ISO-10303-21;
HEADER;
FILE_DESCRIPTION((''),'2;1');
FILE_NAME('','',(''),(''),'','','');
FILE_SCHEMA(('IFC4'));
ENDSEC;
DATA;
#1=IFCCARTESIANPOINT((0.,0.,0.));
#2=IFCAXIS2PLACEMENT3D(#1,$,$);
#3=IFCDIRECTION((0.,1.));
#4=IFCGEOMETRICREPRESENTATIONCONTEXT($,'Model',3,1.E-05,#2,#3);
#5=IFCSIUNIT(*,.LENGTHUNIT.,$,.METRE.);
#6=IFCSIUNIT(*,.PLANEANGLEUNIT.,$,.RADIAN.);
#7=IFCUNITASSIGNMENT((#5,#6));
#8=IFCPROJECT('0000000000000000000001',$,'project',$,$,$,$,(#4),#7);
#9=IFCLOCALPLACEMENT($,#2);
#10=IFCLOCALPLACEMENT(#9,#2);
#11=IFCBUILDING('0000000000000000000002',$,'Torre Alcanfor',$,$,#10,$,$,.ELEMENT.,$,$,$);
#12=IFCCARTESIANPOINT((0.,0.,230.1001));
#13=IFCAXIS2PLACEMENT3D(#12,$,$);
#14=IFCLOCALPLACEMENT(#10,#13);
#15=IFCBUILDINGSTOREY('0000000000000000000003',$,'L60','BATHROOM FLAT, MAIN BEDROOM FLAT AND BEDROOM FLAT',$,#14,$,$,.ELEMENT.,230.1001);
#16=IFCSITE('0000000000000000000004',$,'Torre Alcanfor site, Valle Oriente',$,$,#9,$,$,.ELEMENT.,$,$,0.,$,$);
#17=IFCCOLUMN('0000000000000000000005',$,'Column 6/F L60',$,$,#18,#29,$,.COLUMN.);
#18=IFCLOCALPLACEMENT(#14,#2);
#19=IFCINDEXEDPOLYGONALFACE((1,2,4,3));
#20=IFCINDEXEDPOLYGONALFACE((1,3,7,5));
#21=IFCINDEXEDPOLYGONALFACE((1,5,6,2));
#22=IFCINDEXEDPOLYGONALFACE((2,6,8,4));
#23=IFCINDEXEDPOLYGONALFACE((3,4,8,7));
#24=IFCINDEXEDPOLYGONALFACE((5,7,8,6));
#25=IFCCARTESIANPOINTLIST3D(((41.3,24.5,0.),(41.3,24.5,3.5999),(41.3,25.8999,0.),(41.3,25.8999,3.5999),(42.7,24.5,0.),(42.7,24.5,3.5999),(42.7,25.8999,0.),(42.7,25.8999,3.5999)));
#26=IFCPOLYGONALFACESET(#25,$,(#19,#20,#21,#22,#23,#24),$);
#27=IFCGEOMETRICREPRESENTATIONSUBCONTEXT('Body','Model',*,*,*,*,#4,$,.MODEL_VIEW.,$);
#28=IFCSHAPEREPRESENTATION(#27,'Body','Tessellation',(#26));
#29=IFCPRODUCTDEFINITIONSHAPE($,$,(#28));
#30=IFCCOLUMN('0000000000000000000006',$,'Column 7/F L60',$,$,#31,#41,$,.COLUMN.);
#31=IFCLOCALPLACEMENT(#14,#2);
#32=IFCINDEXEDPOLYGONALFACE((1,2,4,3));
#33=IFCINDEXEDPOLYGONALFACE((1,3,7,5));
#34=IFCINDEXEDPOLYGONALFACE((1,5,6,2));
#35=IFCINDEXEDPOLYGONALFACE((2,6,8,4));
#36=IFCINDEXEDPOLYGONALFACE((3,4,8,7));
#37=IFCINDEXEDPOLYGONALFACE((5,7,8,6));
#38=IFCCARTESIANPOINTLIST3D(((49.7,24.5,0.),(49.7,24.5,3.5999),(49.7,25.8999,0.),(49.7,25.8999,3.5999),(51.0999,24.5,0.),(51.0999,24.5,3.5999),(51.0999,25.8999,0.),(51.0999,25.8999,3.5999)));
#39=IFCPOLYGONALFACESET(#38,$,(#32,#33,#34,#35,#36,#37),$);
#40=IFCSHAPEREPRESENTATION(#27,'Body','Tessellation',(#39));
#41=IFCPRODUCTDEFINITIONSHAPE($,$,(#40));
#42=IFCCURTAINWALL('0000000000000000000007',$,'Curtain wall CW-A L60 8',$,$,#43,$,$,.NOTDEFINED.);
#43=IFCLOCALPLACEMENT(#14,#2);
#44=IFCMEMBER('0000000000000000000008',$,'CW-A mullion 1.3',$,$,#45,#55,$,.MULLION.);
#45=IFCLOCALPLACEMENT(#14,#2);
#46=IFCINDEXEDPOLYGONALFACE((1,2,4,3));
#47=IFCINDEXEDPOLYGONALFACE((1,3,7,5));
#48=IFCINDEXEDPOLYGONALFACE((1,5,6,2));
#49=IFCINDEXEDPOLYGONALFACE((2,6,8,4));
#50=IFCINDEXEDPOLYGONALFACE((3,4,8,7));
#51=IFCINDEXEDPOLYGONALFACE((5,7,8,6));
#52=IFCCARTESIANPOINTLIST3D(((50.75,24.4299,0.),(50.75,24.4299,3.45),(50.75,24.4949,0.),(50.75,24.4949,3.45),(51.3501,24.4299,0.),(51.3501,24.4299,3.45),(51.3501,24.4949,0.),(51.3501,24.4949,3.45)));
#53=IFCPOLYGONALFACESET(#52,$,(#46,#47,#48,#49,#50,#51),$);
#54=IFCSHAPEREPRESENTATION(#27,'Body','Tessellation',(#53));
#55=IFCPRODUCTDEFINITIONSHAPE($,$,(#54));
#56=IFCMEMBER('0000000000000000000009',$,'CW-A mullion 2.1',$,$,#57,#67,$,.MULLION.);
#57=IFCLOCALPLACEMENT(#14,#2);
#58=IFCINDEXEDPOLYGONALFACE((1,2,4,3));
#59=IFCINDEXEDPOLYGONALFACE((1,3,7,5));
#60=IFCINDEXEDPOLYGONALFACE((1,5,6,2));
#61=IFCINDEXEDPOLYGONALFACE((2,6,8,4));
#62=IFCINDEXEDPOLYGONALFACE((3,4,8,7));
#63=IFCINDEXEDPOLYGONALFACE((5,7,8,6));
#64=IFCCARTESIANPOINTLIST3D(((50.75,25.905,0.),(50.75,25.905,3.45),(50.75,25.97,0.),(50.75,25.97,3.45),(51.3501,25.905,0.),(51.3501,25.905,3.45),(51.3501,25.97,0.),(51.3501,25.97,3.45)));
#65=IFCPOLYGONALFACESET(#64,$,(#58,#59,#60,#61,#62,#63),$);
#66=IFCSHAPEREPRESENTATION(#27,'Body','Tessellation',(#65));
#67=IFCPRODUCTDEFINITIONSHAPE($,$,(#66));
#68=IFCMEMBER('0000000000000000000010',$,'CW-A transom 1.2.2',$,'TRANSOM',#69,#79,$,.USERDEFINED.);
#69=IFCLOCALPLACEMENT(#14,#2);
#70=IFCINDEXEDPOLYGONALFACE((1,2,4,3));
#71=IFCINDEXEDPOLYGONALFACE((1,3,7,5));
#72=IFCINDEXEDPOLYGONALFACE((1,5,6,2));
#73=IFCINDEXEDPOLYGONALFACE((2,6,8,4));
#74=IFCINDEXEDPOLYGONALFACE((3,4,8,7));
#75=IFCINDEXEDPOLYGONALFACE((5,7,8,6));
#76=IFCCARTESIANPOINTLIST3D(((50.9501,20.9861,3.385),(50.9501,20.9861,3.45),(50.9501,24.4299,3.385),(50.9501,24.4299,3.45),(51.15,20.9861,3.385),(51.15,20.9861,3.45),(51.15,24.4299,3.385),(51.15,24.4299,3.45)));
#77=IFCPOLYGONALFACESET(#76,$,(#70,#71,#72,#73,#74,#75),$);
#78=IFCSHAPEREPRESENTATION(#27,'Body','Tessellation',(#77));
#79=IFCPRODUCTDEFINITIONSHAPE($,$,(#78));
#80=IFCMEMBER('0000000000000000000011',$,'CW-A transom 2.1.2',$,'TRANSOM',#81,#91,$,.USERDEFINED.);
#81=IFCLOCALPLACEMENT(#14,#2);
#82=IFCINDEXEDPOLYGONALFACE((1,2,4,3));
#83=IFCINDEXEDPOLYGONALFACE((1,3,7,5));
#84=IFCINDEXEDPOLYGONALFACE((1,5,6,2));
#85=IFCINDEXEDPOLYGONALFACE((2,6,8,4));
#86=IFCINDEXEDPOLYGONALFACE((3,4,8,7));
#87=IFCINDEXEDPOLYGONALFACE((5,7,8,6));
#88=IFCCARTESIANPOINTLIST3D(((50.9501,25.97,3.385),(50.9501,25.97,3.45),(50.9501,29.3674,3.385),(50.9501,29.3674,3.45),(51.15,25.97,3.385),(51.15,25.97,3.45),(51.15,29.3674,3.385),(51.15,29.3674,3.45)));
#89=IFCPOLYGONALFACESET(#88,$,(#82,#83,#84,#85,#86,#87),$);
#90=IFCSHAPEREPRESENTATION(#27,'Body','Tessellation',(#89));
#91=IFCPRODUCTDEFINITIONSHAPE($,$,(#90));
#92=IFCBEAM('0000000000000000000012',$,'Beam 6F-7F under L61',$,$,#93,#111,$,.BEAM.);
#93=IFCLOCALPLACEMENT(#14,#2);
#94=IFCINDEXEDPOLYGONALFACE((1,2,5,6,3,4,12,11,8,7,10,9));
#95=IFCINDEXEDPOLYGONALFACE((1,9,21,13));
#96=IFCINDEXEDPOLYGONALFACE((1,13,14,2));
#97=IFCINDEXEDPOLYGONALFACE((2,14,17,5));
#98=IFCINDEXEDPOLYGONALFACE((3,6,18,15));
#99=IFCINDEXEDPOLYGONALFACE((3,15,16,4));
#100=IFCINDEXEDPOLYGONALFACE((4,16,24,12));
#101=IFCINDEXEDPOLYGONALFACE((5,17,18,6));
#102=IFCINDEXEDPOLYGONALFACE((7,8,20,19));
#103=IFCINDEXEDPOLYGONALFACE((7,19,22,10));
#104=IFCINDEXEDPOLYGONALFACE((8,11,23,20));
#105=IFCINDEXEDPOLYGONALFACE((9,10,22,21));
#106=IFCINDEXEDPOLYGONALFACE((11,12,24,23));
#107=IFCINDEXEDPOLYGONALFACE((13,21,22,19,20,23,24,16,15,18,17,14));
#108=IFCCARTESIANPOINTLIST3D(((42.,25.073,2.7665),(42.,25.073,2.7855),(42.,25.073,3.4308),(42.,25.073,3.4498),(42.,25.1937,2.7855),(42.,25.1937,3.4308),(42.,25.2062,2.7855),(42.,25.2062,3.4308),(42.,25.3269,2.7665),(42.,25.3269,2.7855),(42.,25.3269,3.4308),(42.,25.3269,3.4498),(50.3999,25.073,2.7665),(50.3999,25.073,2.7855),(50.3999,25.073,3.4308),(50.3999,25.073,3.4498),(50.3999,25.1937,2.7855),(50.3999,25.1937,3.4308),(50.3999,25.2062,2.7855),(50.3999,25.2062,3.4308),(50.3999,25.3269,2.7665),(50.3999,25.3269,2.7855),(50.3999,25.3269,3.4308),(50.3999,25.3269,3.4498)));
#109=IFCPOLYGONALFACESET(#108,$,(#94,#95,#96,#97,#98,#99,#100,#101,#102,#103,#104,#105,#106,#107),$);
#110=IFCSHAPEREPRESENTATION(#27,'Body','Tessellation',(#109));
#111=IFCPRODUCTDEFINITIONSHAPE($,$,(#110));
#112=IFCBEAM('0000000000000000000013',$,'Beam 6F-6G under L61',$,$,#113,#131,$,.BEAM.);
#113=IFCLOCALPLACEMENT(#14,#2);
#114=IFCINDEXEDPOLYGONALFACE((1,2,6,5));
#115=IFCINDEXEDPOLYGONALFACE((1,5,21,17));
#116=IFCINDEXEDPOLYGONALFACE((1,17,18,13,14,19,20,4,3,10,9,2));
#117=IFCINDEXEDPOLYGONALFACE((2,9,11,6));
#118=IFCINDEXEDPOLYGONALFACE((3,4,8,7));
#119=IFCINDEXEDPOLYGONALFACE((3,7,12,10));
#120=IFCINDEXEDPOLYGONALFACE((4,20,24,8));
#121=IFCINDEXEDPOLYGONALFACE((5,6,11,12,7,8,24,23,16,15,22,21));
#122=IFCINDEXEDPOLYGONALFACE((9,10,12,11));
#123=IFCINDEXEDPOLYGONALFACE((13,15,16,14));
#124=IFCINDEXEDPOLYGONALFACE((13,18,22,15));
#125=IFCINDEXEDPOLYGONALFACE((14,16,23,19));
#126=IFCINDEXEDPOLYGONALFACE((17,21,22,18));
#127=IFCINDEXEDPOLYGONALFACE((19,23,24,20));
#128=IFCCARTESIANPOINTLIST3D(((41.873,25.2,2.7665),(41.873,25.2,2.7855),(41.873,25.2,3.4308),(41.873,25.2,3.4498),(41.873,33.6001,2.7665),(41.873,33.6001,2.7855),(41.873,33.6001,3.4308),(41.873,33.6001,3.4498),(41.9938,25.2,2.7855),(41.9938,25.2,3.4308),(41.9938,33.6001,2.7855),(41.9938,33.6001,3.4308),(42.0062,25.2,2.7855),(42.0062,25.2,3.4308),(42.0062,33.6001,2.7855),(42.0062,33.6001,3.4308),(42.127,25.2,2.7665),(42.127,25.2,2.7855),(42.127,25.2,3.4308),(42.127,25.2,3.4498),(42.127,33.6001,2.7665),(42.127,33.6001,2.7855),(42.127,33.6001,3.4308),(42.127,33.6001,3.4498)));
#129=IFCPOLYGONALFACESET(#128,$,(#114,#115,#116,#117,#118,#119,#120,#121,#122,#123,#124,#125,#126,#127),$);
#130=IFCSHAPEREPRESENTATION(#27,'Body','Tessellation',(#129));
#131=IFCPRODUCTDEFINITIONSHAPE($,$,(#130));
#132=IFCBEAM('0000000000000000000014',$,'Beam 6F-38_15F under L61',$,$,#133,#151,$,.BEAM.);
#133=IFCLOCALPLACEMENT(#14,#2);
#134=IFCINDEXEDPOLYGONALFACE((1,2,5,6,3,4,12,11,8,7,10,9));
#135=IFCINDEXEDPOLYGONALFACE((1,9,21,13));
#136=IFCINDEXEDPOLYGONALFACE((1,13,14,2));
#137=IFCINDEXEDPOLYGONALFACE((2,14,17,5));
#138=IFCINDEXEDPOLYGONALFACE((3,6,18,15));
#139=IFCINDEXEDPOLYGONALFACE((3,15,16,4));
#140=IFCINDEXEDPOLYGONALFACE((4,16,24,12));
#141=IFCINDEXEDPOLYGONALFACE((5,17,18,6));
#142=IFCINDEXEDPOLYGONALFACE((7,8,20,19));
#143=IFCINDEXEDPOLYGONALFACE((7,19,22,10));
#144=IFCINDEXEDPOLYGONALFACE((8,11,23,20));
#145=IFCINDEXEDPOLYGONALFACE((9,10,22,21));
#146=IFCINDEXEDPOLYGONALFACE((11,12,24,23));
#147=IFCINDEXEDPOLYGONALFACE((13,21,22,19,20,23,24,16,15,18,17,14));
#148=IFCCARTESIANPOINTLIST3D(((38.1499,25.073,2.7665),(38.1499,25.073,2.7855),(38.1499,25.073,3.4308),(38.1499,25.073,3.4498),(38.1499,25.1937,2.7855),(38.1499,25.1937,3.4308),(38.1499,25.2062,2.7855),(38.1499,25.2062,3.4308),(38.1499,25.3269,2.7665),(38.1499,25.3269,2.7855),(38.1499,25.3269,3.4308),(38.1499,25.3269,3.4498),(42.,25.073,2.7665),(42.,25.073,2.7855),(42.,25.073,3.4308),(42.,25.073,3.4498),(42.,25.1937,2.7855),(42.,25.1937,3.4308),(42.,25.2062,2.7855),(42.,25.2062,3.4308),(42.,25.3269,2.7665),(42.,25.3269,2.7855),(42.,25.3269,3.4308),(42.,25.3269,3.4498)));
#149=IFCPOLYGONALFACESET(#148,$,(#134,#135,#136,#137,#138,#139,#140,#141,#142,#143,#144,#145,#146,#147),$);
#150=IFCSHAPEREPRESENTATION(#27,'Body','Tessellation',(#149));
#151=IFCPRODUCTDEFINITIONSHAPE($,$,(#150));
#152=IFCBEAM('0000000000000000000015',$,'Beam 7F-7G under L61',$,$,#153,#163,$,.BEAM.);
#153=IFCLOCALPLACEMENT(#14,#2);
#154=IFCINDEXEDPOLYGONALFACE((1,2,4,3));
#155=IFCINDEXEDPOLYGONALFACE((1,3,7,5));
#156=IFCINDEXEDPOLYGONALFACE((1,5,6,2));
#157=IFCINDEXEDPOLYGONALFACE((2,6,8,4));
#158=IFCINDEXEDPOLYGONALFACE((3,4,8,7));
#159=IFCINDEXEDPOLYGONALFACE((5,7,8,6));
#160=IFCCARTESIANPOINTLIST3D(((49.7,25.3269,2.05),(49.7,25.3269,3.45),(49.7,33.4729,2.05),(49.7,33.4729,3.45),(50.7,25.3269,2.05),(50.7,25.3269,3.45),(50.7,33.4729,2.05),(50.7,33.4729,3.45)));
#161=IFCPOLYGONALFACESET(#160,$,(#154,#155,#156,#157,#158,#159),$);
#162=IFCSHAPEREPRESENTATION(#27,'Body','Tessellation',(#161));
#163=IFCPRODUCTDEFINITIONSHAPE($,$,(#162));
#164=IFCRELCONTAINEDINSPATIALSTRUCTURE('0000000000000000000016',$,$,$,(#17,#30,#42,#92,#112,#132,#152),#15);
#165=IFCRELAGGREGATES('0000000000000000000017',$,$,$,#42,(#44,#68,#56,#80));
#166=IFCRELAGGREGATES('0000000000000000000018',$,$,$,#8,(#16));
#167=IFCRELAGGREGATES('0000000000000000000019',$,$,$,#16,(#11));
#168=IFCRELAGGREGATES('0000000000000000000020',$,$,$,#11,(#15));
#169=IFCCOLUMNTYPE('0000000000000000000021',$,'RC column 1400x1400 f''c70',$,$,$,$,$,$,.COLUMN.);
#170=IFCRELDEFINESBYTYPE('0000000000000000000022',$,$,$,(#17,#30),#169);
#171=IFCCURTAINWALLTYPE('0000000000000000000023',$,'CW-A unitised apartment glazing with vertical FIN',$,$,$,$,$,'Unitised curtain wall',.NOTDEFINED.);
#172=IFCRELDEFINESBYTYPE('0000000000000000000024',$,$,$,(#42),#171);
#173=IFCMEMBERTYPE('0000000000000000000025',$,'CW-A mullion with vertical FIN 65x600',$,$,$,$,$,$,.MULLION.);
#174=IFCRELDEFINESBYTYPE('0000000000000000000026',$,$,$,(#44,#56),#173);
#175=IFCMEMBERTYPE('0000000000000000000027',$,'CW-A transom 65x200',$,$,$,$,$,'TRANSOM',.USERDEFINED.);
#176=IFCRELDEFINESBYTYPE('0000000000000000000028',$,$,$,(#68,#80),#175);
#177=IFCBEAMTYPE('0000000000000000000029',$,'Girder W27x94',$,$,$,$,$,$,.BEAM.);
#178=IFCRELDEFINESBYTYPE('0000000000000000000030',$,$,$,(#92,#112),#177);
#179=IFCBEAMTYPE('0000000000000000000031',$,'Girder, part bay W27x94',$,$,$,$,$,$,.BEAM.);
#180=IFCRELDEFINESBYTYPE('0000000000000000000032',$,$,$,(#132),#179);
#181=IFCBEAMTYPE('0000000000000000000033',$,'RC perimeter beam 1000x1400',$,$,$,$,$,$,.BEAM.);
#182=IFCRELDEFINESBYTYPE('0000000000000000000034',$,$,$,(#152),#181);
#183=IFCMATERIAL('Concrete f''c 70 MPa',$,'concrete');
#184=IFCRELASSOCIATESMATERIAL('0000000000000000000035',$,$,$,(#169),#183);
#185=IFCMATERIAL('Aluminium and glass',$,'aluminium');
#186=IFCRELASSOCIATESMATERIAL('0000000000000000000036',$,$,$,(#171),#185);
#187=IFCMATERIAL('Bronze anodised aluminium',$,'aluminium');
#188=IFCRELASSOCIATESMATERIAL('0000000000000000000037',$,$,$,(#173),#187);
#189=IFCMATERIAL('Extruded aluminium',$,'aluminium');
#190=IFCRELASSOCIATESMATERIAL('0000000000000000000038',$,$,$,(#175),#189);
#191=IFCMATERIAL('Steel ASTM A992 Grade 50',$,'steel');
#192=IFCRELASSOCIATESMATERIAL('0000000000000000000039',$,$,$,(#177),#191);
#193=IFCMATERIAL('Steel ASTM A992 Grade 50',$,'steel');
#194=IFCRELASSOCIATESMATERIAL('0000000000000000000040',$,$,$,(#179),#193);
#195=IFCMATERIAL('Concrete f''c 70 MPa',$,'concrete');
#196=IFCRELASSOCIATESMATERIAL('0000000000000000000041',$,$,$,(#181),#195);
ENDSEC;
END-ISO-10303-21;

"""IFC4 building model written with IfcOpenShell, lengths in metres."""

from ifc_helpers import new_model, si_unit, direction, frame, origin, origin_2d, place, context, subcontext, project, spatial, rectangle, i_section, extrude, material, material_profile, profile_set, type_object, element, aggregate, save


model = new_model("IFC4")

# Units and contexts
model_context = context("Model", 3, precision=1e-05, world=origin(), true_north=direction((0.0, 1.0)))
body_context = subcontext(model_context, "Body", "Model", "MODEL_VIEW")
ifc_project = project(units=[si_unit("LENGTHUNIT", "METRE"), si_unit("PLANEANGLEUNIT", "RADIAN")], contexts=[model_context])

# Site, building, storey
site_placement = place(None, origin())
site = spatial("IfcSite", under=ifc_project, at=site_placement, Name="Torre Alcanfor site, Valle Oriente", CompositionType="ELEMENT", RefElevation=0.0)
building_placement = place(site_placement, origin())
building = spatial("IfcBuilding", under=site, at=building_placement, Name="Torre Alcanfor", CompositionType="ELEMENT")
storey_placement = place(building_placement, frame((0.0, 0.0, 230.1001)))
storey = spatial("IfcBuildingStorey", under=building, at=storey_placement, Name="L60", Description="BATHROOM FLAT, MAIN BEDROOM FLAT AND BEDROOM FLAT", CompositionType="ELEMENT", Elevation=230.1001)

# Columns
ifc_material_1 = material(Name="Concrete f'c 70 MPa", Category="concrete")
ifc_material_profile_1 = material_profile(ifc_material_1, rectangle(XDim=1.3999, YDim=1.3999, at=origin_2d()), Name="1400x1400")
ifc_profile_set_1 = profile_set([ifc_material_profile_1], Name="Concrete f'c 70 MPa")
column_type = type_object("IfcColumnType", Name="RC column 1400x1400 f'c70", PredefinedType="COLUMN", material=ifc_profile_set_1)
for number, where, z_axis, x_axis, name in (
    (1, (42.0, 25.2, 0.0), (0.0, 0.0, 1.0), (1.0, 0.0, 0.0), "Column 6/F L60"),
    (2, (50.3999, 25.2, 0.0), (0.0, 0.0, 1.0), (1.0, 0.0, 0.0), "Column 7/F L60"),
):
    element("IfcColumn", number, at=place(storey_placement, frame(where, z_axis=z_axis, x_axis=x_axis)), inside=storey, type_object=column_type, Name=name, PredefinedType="COLUMN", context=body_context, shape_type="SweptSolid", body=[
        extrude(rectangle(XDim=1.3999, YDim=1.3999, at=origin_2d()), origin(), (0.0, 0.0, 1.0), 3.5999),
    ])

# Curtain wall, members
ifc_material_2 = material(Name="Aluminium and glass", Category="aluminium")
curtain_wall_type = type_object("IfcCurtainWallType", Name="CW-A unitised apartment glazing with vertical FIN", ElementType="Unitised curtain wall", PredefinedType="NOTDEFINED", material=ifc_material_2)
curtain_wall_placement = place(storey_placement, origin())
curtain_wall = element("IfcCurtainWall", 3, at=curtain_wall_placement, inside=storey, type_object=curtain_wall_type, Name="Curtain wall CW-A L60 8", PredefinedType="NOTDEFINED")
ifc_material_3 = material(Name="Bronze anodised aluminium", Category="aluminium")
ifc_material_profile_2 = material_profile(ifc_material_3, rectangle(XDim=0.6001, YDim=0.0649, at=origin_2d()), Name="CW-A mullion 65x600")
ifc_profile_set_2 = profile_set([ifc_material_profile_2], Name="Bronze anodised aluminium")
member_type_1 = type_object("IfcMemberType", Name="CW-A mullion with vertical FIN 65x600", PredefinedType="MULLION", material=ifc_profile_set_2)
member_1_placement = place(storey_placement, frame((51.05, 24.4624, 0.0), z_axis=(0.0, 0.0, 1.0), x_axis=(-1.0, 0.0, 0.0)))
member_1 = element("IfcMember", 4, at=member_1_placement, type_object=member_type_1, Name="CW-A mullion 1.3", PredefinedType="MULLION", context=body_context, shape_type="SweptSolid", body=[
    extrude(rectangle(XDim=0.6001, YDim=0.0649, at=origin_2d()), origin(), (0.0, 0.0, 1.0), 3.45),
])
member_2_placement = place(storey_placement, frame((51.05, 25.9375, 0.0), z_axis=(0.0, 0.0, 1.0), x_axis=(-1.0, 0.0, 0.0)))
member_2 = element("IfcMember", 5, at=member_2_placement, type_object=member_type_1, Name="CW-A mullion 2.1", PredefinedType="MULLION", context=body_context, shape_type="SweptSolid", body=[
    extrude(rectangle(XDim=0.6001, YDim=0.0649, at=origin_2d()), origin(), (0.0, 0.0, 1.0), 3.45),
])
ifc_material_4 = material(Name="Extruded aluminium", Category="aluminium")
ifc_material_profile_3 = material_profile(ifc_material_4, rectangle(XDim=0.2, YDim=0.0649, at=origin_2d()), Name="CW-A transom 200x65")
ifc_profile_set_3 = profile_set([ifc_material_profile_3], Name="Extruded aluminium")
member_type_2 = type_object("IfcMemberType", Name="CW-A transom 65x200", ElementType="TRANSOM", PredefinedType="USERDEFINED", material=ifc_profile_set_3)
member_3_placement = place(storey_placement, frame((51.05, 20.9861, 3.4175), z_axis=(0.0, 1.0, 0.0), x_axis=(-1.0, 0.0, 0.0)))
member_3 = element("IfcMember", 6, at=member_3_placement, type_object=member_type_2, Name="CW-A transom 1.2.2", ObjectType="TRANSOM", PredefinedType="USERDEFINED", context=body_context, shape_type="SweptSolid", body=[
    extrude(rectangle(XDim=0.2, YDim=0.0649, at=origin_2d()), origin(), (0.0, 0.0, 1.0), 3.4438),
])
member_4_placement = place(storey_placement, frame((51.05, 25.97, 3.4175), z_axis=(0.0, 1.0, 0.0), x_axis=(-1.0, 0.0, 0.0)))
member_4 = element("IfcMember", 7, at=member_4_placement, type_object=member_type_2, Name="CW-A transom 2.1.2", ObjectType="TRANSOM", PredefinedType="USERDEFINED", context=body_context, shape_type="SweptSolid", body=[
    extrude(rectangle(XDim=0.2, YDim=0.0649, at=origin_2d()), origin(), (0.0, 0.0, 1.0), 3.3975),
])

# Beams
ifc_material_5 = material(Name="Steel ASTM A992 Grade 50", Category="steel")
ifc_material_profile_4 = material_profile(ifc_material_5, i_section(OverallWidth=0.2539, OverallDepth=0.6833, WebThickness=0.0125, FlangeThickness=0.019, at=origin_2d()), Name="W27x94")
ifc_profile_set_4 = profile_set([ifc_material_profile_4], Name="Steel ASTM A992 Grade 50")
beam_type_1 = type_object("IfcBeamType", Name="Girder W27x94", PredefinedType="BEAM", material=ifc_profile_set_4)
beam_1_placement = place(storey_placement, frame((42.0, 25.2, 3.1082), z_axis=(1.0, 0.0, 0.0), x_axis=(0.0, 1.0, 0.0)))
element("IfcBeam", 8, at=beam_1_placement, inside=storey, type_object=beam_type_1, Name="Beam 6F-7F under L61", PredefinedType="BEAM", context=body_context, shape_type="SweptSolid", body=[
    extrude(i_section(OverallWidth=0.2539, OverallDepth=0.6833, WebThickness=0.0125, FlangeThickness=0.019, at=origin_2d()), origin(), (0.0, 0.0, 1.0), 8.3999),
])
beam_2_placement = place(storey_placement, frame((42.0, 25.2, 3.1082), z_axis=(0.0, 1.0, 0.0), x_axis=(-1.0, 0.0, 0.0)))
element("IfcBeam", 9, at=beam_2_placement, inside=storey, type_object=beam_type_1, Name="Beam 6F-6G under L61", PredefinedType="BEAM", context=body_context, shape_type="SweptSolid", body=[
    extrude(i_section(OverallWidth=0.2539, OverallDepth=0.6833, WebThickness=0.0125, FlangeThickness=0.019, at=origin_2d()), origin(), (0.0, 0.0, 1.0), 8.4001),
])
ifc_material_6 = material(Name="Steel ASTM A992 Grade 50", Category="steel")
ifc_material_profile_5 = material_profile(ifc_material_6, i_section(OverallWidth=0.2539, OverallDepth=0.6833, WebThickness=0.0125, FlangeThickness=0.019, at=origin_2d()), Name="W27x94")
ifc_profile_set_5 = profile_set([ifc_material_profile_5], Name="Steel ASTM A992 Grade 50")
beam_type_2 = type_object("IfcBeamType", Name="Girder, part bay W27x94", PredefinedType="BEAM", material=ifc_profile_set_5)
beam_3_placement = place(storey_placement, frame((42.0, 25.2, 3.1082), z_axis=(-1.0, 0.0, 0.0), x_axis=(0.0, -1.0, 0.0)))
element("IfcBeam", 10, at=beam_3_placement, inside=storey, type_object=beam_type_2, Name="Beam 6F-38_15F under L61", PredefinedType="BEAM", context=body_context, shape_type="SweptSolid", body=[
    extrude(i_section(OverallWidth=0.2539, OverallDepth=0.6833, WebThickness=0.0125, FlangeThickness=0.019, at=origin_2d()), origin(), (0.0, 0.0, 1.0), 3.8501),
])
ifc_material_7 = material(Name="Concrete f'c 70 MPa", Category="concrete")
ifc_material_profile_6 = material_profile(ifc_material_7, rectangle(XDim=1.0, YDim=1.3999, at=origin_2d()), Name="1000x1400")
ifc_profile_set_6 = profile_set([ifc_material_profile_6], Name="Concrete f'c 70 MPa")
beam_type_3 = type_object("IfcBeamType", Name="RC perimeter beam 1000x1400", PredefinedType="BEAM", material=ifc_profile_set_6)
beam_4_placement = place(storey_placement, frame((50.2, 25.3269, 2.75), z_axis=(0.0, 1.0, 0.0), x_axis=(-1.0, 0.0, 0.0)))
element("IfcBeam", 11, at=beam_4_placement, inside=storey, type_object=beam_type_3, Name="Beam 7F-7G under L61", PredefinedType="BEAM", context=body_context, shape_type="SweptSolid", body=[
    extrude(rectangle(XDim=1.0, YDim=1.3999, at=origin_2d()), origin(), (0.0, 0.0, 1.0), 8.146),
])

aggregate(curtain_wall, [member_1, member_3, member_2, member_4])

save(model, "model.ifc")
